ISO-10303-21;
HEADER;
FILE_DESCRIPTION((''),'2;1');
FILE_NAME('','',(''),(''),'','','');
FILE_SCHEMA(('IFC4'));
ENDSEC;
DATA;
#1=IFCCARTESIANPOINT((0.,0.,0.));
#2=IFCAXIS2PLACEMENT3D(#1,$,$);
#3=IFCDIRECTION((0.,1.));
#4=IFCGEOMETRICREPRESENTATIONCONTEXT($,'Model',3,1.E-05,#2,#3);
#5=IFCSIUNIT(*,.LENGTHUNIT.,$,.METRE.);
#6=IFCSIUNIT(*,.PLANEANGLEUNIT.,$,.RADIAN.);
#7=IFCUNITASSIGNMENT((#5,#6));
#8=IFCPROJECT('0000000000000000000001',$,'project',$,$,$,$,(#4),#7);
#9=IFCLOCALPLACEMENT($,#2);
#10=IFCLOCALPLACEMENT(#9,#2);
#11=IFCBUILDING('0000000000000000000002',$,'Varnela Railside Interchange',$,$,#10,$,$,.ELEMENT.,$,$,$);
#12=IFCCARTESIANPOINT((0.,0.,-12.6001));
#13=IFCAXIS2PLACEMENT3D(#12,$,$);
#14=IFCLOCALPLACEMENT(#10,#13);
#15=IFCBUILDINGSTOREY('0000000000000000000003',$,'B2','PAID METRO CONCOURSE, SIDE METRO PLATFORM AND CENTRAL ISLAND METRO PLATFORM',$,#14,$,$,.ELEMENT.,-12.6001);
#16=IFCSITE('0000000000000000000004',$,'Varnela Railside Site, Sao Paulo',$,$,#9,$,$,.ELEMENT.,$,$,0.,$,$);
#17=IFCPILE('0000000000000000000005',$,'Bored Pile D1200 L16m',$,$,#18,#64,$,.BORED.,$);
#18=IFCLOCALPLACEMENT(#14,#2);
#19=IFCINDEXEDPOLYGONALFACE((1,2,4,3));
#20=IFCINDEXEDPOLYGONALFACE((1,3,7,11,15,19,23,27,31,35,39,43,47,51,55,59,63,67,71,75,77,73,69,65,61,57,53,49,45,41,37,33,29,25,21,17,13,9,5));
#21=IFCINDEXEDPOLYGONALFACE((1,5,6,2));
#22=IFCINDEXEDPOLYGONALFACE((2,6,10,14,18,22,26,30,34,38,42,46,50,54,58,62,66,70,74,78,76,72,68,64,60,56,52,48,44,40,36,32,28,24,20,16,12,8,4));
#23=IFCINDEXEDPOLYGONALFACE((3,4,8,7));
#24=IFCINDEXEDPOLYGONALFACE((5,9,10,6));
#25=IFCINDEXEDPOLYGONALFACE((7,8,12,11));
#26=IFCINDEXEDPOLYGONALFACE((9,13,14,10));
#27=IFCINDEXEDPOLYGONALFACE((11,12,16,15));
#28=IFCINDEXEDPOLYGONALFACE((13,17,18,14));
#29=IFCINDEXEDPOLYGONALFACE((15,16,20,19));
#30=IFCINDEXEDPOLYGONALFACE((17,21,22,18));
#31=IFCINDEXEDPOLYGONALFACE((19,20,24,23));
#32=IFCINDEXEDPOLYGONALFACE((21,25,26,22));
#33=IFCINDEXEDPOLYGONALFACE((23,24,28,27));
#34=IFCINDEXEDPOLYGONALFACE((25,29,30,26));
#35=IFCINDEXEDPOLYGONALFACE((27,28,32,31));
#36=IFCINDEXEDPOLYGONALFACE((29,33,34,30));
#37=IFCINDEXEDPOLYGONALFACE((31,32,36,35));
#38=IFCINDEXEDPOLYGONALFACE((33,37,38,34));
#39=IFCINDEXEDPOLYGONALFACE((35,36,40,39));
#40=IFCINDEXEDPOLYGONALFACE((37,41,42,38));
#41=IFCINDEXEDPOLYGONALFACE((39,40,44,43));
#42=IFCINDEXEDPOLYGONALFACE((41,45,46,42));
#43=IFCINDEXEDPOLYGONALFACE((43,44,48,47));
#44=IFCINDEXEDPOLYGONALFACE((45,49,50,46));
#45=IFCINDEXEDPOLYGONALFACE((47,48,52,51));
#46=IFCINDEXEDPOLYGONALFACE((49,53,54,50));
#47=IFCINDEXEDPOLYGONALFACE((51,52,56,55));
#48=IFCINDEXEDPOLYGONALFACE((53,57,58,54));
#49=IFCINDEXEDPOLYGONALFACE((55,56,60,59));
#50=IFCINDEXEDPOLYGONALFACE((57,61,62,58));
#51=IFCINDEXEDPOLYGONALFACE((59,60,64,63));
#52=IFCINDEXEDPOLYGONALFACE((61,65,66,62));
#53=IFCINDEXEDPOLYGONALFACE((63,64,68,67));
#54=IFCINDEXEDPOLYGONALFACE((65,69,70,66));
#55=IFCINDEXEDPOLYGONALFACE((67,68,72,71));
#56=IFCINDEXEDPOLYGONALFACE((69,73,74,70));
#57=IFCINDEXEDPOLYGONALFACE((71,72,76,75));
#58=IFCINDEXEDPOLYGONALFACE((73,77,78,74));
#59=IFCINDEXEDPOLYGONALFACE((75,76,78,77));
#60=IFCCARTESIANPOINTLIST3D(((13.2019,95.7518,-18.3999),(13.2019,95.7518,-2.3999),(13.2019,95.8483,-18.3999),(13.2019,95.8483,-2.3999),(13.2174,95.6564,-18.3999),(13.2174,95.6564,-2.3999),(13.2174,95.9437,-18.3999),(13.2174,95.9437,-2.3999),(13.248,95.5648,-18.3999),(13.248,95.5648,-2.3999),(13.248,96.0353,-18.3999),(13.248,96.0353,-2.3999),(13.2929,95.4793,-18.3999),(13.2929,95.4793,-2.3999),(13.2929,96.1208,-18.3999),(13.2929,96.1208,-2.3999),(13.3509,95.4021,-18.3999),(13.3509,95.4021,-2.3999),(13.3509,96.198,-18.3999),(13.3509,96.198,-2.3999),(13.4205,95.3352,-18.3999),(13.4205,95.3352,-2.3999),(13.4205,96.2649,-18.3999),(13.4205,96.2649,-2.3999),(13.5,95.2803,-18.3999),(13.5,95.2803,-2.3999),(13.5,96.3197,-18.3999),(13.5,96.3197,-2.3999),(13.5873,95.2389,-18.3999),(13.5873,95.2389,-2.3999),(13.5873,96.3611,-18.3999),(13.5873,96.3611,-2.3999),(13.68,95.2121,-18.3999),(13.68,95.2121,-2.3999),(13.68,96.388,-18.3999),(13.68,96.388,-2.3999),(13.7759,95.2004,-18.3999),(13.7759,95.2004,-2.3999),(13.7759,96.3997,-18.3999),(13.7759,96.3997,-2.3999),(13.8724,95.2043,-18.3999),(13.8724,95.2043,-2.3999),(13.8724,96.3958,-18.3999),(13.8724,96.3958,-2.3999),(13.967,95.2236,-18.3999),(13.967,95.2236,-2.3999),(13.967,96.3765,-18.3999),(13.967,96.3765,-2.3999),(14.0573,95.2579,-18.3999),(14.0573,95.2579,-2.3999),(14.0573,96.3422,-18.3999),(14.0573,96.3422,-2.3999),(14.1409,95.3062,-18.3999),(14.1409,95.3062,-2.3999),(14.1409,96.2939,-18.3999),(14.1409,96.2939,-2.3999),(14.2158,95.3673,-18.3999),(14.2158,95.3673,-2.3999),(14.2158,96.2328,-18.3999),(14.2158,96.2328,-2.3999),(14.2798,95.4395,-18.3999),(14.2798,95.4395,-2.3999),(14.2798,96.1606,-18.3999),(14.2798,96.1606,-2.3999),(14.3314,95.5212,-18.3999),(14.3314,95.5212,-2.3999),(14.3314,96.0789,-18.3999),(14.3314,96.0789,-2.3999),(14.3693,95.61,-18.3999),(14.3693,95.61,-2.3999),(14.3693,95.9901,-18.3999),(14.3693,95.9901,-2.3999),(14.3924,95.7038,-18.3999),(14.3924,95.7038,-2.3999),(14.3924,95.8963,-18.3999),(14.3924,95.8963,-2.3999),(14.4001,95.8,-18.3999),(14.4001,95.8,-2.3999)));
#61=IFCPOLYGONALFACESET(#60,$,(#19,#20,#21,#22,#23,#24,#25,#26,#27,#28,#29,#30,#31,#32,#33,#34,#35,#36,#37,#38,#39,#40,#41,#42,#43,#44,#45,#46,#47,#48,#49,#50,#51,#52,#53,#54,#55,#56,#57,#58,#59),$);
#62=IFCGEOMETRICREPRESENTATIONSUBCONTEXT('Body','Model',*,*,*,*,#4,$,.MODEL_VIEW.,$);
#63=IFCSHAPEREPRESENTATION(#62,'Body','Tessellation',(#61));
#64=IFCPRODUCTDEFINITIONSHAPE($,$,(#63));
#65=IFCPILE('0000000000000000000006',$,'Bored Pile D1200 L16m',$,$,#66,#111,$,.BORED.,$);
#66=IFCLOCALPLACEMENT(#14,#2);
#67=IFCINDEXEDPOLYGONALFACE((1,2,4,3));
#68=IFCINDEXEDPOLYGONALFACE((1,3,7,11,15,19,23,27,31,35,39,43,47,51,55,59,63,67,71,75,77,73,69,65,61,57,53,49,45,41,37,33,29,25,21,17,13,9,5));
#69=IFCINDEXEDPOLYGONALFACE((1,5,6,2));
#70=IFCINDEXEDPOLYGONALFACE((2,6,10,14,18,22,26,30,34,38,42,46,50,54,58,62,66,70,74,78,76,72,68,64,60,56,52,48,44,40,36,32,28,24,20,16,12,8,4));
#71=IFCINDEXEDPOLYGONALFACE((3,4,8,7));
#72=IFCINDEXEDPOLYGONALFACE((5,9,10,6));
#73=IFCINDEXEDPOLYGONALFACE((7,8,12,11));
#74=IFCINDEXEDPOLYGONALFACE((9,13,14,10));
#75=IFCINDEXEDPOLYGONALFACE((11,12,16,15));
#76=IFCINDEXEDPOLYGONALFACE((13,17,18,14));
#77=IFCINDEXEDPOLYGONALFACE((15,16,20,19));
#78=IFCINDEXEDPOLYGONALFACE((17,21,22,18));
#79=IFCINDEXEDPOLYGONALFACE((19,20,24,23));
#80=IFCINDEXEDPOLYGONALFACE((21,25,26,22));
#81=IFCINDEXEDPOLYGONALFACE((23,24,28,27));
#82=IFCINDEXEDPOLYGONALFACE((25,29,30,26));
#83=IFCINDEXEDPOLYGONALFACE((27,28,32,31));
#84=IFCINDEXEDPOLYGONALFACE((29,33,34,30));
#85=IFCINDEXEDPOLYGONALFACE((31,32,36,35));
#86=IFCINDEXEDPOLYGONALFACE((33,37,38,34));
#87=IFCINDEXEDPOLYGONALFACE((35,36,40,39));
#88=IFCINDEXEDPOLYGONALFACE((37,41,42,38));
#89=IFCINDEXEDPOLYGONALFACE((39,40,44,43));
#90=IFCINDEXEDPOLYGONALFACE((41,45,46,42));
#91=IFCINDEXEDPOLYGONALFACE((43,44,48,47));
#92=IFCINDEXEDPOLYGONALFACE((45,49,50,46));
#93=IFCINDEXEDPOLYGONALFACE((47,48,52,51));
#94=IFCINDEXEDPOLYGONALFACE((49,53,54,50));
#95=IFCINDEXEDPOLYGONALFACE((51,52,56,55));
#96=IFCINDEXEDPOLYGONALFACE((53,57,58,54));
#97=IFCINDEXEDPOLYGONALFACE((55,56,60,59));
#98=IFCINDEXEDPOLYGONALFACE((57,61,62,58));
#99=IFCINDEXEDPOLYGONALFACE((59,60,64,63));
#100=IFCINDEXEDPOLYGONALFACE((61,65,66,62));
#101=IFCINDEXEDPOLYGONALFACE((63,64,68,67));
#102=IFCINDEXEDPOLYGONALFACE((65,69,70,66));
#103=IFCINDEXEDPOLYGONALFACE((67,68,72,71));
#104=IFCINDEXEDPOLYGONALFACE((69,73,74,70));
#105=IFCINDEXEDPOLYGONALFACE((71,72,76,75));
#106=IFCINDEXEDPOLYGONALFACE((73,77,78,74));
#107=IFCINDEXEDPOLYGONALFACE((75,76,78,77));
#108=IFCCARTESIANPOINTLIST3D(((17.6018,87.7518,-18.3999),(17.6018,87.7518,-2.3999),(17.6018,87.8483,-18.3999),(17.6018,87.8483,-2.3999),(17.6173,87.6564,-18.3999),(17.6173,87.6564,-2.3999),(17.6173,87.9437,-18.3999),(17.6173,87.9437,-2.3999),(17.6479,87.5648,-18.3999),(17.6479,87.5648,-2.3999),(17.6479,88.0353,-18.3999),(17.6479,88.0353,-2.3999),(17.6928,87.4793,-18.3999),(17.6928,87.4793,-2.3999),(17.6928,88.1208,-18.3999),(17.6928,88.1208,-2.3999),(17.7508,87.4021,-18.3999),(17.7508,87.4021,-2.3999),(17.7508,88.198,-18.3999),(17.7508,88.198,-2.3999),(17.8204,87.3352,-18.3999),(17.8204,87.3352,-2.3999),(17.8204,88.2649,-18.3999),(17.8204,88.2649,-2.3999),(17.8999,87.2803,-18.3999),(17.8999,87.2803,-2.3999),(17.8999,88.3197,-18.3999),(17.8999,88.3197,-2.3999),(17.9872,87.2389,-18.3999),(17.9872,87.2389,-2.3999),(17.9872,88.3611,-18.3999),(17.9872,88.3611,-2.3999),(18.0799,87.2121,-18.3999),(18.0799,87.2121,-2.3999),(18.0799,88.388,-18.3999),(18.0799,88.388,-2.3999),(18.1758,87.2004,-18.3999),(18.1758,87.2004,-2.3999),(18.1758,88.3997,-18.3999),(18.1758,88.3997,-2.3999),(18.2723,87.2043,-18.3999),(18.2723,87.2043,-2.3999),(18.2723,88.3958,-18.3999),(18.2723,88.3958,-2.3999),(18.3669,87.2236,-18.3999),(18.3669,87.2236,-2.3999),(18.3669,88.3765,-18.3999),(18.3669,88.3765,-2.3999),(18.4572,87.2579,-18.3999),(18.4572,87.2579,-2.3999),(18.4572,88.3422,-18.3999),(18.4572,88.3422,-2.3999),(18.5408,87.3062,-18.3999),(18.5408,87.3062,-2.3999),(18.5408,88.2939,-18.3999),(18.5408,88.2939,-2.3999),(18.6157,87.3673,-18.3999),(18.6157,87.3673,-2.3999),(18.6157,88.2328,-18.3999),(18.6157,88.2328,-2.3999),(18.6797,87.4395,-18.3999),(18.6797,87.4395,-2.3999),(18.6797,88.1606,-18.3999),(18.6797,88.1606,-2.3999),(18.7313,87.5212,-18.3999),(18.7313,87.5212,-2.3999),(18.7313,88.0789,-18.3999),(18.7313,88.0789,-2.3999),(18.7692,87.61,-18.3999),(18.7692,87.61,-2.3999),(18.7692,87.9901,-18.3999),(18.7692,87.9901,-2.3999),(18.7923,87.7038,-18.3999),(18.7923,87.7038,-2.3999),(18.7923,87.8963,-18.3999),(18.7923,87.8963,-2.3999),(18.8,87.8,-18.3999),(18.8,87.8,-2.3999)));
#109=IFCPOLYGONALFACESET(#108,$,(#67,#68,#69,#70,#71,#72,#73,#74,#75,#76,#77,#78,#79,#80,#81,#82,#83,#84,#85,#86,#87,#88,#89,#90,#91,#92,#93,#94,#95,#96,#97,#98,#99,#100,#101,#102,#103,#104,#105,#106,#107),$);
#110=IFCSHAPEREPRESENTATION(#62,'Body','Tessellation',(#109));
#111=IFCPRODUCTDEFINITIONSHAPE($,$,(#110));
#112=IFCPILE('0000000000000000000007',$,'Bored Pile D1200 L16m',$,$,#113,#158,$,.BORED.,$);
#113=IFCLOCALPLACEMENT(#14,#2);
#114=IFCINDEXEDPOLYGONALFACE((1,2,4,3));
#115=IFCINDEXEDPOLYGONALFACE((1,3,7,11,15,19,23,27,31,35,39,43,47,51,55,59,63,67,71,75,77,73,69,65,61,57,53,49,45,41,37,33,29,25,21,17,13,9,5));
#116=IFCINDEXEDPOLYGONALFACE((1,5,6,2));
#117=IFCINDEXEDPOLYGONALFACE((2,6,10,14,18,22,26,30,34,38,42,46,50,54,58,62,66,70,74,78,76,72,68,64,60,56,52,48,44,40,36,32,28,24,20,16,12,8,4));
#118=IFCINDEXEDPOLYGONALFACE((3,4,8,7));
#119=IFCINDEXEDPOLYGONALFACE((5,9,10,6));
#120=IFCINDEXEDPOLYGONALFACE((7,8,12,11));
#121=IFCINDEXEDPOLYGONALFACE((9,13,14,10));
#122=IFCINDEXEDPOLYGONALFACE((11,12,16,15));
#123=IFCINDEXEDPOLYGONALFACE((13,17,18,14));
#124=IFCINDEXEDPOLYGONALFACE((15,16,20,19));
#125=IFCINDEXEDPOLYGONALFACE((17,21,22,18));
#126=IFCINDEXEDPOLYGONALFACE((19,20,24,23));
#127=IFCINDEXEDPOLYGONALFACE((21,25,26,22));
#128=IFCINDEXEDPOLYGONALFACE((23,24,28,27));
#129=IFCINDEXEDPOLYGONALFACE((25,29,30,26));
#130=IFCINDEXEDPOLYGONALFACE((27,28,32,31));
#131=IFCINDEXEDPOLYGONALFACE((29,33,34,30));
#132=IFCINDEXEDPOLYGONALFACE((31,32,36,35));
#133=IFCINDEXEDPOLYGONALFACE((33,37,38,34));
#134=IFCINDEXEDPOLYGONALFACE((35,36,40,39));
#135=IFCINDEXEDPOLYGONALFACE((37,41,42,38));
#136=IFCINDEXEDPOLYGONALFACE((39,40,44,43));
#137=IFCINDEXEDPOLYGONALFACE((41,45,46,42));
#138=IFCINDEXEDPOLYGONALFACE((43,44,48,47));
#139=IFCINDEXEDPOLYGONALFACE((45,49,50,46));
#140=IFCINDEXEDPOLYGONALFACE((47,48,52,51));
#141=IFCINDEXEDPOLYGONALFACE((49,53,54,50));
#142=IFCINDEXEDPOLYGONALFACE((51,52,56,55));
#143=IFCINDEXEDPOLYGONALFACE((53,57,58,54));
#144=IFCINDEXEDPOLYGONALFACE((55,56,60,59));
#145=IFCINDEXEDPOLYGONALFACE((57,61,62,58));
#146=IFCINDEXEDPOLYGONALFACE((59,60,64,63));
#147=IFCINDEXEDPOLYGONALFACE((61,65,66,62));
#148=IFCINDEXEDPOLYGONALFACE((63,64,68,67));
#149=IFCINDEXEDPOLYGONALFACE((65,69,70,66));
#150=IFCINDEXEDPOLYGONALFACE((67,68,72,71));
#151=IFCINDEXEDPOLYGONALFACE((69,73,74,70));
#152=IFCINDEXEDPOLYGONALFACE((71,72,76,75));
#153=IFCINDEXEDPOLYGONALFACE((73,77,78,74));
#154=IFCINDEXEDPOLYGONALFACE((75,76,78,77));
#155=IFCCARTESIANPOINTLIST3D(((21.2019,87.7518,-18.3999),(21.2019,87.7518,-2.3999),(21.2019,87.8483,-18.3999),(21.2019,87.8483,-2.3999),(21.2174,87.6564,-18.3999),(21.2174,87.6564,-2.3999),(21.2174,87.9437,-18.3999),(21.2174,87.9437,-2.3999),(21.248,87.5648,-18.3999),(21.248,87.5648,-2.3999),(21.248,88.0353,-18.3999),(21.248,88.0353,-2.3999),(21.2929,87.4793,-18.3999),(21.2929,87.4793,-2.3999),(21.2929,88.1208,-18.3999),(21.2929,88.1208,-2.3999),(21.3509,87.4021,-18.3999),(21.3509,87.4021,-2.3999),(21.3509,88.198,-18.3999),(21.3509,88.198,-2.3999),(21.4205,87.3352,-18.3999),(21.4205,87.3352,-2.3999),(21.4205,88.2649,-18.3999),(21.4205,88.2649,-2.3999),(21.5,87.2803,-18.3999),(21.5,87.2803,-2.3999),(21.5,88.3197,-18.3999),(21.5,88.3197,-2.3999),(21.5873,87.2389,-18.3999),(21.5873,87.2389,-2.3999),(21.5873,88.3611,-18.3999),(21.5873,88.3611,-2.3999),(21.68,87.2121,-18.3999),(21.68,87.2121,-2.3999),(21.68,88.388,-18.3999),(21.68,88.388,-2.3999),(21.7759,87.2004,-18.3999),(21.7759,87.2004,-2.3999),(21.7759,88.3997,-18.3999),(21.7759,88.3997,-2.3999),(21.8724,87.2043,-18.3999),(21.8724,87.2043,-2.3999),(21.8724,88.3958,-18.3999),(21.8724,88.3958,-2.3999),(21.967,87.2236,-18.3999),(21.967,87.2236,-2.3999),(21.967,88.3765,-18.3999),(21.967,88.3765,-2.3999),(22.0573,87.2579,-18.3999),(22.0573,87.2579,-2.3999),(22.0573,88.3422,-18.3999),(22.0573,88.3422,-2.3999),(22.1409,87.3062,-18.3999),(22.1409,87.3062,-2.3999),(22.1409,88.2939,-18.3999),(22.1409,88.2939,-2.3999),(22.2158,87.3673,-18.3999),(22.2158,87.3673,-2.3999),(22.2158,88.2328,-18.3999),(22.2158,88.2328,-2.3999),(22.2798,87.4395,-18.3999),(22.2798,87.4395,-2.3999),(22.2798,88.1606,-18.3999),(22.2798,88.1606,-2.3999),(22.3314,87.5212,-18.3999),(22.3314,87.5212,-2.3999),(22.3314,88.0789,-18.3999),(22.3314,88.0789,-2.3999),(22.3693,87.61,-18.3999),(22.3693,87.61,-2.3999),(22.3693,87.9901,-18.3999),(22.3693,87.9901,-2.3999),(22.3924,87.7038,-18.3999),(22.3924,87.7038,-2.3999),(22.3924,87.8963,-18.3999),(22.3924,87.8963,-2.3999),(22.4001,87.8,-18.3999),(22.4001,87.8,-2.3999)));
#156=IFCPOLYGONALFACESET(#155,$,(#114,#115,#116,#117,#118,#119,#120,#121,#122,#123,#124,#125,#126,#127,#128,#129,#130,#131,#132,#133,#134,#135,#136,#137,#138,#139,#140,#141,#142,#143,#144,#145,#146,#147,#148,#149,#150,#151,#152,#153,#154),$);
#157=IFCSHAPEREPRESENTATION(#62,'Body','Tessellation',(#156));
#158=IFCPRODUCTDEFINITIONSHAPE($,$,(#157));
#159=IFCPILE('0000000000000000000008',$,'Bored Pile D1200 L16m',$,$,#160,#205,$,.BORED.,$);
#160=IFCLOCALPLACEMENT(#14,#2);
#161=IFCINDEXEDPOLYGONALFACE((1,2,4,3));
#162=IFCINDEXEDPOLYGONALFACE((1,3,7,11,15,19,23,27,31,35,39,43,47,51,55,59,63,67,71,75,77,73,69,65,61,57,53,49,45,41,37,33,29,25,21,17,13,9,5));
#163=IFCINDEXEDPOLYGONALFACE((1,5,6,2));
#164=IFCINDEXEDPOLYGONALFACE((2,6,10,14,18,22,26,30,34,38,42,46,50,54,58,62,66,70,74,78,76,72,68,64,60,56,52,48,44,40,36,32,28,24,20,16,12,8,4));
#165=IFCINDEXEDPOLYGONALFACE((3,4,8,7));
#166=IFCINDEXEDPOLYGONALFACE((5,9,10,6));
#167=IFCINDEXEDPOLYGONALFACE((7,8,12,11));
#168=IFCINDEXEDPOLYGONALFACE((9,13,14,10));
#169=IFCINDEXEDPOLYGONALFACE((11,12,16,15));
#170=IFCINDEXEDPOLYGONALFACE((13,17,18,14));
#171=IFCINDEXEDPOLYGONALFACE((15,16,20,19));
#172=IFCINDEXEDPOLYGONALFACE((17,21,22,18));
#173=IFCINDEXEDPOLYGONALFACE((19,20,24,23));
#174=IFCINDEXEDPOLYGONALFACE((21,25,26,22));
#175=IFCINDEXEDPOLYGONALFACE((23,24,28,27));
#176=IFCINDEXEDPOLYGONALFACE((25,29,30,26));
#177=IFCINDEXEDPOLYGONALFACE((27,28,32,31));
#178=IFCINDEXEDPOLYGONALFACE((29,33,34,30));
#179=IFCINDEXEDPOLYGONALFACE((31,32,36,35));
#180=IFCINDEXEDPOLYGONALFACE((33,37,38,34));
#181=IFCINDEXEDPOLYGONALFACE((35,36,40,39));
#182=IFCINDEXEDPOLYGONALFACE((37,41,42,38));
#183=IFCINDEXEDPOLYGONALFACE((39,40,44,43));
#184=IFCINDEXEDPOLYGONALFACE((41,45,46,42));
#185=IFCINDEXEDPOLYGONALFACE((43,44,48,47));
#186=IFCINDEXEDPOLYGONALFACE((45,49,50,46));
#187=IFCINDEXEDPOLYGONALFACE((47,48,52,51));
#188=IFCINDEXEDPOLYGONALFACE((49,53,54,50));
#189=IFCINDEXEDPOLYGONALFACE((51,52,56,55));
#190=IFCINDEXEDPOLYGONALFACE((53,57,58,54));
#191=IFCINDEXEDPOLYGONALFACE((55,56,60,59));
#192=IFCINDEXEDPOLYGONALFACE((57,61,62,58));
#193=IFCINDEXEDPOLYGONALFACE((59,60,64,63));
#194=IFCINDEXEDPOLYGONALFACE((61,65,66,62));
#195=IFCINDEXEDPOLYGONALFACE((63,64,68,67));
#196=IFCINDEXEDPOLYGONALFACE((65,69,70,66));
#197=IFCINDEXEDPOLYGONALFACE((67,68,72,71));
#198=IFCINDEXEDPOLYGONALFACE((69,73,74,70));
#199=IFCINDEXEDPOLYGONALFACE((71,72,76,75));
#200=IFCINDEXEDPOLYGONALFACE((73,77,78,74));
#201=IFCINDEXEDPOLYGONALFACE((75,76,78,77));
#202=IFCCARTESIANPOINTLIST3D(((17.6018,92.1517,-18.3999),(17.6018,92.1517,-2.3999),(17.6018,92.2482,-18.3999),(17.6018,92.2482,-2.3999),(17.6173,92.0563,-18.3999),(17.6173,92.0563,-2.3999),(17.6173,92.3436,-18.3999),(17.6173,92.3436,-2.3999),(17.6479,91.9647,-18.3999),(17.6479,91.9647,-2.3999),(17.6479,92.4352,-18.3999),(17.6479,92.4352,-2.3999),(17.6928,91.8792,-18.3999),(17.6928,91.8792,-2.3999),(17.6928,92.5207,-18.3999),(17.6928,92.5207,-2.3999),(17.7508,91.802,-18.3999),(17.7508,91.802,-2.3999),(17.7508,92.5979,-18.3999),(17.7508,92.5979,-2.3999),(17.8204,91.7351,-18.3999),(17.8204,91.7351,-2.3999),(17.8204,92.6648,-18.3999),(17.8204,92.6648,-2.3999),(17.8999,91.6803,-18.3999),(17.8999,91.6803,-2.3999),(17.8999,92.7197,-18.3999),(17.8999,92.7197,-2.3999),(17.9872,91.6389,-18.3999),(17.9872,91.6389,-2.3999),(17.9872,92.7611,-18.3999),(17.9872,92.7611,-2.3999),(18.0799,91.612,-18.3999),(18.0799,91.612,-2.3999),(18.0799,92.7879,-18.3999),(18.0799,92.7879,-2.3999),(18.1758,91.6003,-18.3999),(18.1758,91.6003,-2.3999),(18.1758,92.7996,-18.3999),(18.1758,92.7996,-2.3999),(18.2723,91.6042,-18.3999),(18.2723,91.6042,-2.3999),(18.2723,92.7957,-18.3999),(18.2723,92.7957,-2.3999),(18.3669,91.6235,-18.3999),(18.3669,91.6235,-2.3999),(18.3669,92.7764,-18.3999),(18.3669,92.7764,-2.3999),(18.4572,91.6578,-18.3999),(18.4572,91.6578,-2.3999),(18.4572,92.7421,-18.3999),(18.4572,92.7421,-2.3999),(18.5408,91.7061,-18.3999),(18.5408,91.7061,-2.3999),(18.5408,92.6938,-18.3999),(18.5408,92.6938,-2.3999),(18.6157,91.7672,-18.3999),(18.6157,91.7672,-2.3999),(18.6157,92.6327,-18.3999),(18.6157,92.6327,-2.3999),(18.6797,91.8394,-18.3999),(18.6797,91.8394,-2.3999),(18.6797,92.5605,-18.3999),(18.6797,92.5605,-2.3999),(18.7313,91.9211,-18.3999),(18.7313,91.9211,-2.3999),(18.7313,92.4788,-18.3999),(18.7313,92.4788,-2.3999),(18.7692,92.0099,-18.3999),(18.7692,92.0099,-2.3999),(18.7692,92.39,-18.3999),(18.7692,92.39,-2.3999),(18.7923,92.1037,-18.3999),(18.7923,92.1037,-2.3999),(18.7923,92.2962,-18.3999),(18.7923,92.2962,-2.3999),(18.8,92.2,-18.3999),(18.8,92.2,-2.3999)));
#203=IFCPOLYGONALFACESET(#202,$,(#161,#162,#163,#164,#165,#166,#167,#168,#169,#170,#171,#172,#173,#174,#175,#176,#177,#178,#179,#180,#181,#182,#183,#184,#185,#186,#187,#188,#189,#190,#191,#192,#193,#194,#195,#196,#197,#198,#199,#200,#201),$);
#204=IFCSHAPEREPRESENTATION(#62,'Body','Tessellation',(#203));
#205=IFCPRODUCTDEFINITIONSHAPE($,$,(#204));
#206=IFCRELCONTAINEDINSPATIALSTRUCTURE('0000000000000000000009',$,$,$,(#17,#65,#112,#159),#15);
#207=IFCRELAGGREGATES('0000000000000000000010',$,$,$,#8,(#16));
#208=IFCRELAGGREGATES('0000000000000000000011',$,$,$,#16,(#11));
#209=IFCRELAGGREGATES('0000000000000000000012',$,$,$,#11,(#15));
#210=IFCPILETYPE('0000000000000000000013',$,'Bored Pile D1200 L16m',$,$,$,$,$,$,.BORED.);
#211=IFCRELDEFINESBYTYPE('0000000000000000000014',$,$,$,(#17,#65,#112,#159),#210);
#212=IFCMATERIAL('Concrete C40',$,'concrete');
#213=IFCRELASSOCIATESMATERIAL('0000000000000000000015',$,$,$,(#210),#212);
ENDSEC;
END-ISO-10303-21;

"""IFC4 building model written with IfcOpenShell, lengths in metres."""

from ifc_helpers import new_model, si_unit, direction, frame, origin, origin_2d, place, context, subcontext, project, spatial, circle, extrude, material, material_profile, profile_set, type_object, element, save


model = new_model("IFC4")

# Units and contexts
model_context = context("Model", 3, precision=1e-05, world=origin(), true_north=direction((0.0, 1.0)))
body_context = subcontext(model_context, "Body", "Model", "MODEL_VIEW")
ifc_project = project(units=[si_unit("LENGTHUNIT", "METRE"), si_unit("PLANEANGLEUNIT", "RADIAN")], contexts=[model_context])

# Site, building, storey
site_placement = place(None, origin())
site = spatial("IfcSite", under=ifc_project, at=site_placement, Name="Varnela Railside Site, Sao Paulo", CompositionType="ELEMENT", RefElevation=0.0)
building_placement = place(site_placement, origin())
building = spatial("IfcBuilding", under=site, at=building_placement, Name="Varnela Railside Interchange", CompositionType="ELEMENT")
storey_placement = place(building_placement, frame((0.0, 0.0, -12.6001)))
storey = spatial("IfcBuildingStorey", under=building, at=storey_placement, Name="B2", Description="PAID METRO CONCOURSE, SIDE METRO PLATFORM AND CENTRAL ISLAND METRO PLATFORM", CompositionType="ELEMENT", Elevation=-12.6001)

# Piles
ifc_material_1 = material(Name="Concrete C40", Category="concrete")
ifc_material_profile_1 = material_profile(ifc_material_1, circle(Radius=0.6001, at=origin_2d()), Name="BORED PILE D1200")
ifc_profile_set_1 = profile_set([ifc_material_profile_1], Name="Concrete C40")
pile_type = type_object("IfcPileType", Name="Bored Pile D1200 L16m", PredefinedType="BORED", material=ifc_profile_set_1)
for number, where, z_axis, x_axis, name in (
    (1, (13.8, 95.8, -2.3999), (0.0, 0.0, -1.0), (1.0, 0.0, 0.0), "Bored Pile D1200 L16m"),
    (2, (18.2, 87.8, -2.3999), (0.0, 0.0, -1.0), (1.0, 0.0, 0.0), "Bored Pile D1200 L16m"),
    (3, (21.8, 87.8, -2.3999), (0.0, 0.0, -1.0), (1.0, 0.0, 0.0), "Bored Pile D1200 L16m"),
    (4, (18.2, 92.2, -2.3999), (0.0, 0.0, -1.0), (1.0, 0.0, 0.0), "Bored Pile D1200 L16m"),
):
    element("IfcPile", number, at=place(storey_placement, frame(where, z_axis=z_axis, x_axis=x_axis)), inside=storey, type_object=pile_type, Name=name, PredefinedType="BORED", context=body_context, shape_type="SweptSolid", body=[
        extrude(circle(Radius=0.6001, at=origin_2d()), origin(), (0.0, 0.0, 1.0), 16.0),
    ])

save(model, "model.ifc")
